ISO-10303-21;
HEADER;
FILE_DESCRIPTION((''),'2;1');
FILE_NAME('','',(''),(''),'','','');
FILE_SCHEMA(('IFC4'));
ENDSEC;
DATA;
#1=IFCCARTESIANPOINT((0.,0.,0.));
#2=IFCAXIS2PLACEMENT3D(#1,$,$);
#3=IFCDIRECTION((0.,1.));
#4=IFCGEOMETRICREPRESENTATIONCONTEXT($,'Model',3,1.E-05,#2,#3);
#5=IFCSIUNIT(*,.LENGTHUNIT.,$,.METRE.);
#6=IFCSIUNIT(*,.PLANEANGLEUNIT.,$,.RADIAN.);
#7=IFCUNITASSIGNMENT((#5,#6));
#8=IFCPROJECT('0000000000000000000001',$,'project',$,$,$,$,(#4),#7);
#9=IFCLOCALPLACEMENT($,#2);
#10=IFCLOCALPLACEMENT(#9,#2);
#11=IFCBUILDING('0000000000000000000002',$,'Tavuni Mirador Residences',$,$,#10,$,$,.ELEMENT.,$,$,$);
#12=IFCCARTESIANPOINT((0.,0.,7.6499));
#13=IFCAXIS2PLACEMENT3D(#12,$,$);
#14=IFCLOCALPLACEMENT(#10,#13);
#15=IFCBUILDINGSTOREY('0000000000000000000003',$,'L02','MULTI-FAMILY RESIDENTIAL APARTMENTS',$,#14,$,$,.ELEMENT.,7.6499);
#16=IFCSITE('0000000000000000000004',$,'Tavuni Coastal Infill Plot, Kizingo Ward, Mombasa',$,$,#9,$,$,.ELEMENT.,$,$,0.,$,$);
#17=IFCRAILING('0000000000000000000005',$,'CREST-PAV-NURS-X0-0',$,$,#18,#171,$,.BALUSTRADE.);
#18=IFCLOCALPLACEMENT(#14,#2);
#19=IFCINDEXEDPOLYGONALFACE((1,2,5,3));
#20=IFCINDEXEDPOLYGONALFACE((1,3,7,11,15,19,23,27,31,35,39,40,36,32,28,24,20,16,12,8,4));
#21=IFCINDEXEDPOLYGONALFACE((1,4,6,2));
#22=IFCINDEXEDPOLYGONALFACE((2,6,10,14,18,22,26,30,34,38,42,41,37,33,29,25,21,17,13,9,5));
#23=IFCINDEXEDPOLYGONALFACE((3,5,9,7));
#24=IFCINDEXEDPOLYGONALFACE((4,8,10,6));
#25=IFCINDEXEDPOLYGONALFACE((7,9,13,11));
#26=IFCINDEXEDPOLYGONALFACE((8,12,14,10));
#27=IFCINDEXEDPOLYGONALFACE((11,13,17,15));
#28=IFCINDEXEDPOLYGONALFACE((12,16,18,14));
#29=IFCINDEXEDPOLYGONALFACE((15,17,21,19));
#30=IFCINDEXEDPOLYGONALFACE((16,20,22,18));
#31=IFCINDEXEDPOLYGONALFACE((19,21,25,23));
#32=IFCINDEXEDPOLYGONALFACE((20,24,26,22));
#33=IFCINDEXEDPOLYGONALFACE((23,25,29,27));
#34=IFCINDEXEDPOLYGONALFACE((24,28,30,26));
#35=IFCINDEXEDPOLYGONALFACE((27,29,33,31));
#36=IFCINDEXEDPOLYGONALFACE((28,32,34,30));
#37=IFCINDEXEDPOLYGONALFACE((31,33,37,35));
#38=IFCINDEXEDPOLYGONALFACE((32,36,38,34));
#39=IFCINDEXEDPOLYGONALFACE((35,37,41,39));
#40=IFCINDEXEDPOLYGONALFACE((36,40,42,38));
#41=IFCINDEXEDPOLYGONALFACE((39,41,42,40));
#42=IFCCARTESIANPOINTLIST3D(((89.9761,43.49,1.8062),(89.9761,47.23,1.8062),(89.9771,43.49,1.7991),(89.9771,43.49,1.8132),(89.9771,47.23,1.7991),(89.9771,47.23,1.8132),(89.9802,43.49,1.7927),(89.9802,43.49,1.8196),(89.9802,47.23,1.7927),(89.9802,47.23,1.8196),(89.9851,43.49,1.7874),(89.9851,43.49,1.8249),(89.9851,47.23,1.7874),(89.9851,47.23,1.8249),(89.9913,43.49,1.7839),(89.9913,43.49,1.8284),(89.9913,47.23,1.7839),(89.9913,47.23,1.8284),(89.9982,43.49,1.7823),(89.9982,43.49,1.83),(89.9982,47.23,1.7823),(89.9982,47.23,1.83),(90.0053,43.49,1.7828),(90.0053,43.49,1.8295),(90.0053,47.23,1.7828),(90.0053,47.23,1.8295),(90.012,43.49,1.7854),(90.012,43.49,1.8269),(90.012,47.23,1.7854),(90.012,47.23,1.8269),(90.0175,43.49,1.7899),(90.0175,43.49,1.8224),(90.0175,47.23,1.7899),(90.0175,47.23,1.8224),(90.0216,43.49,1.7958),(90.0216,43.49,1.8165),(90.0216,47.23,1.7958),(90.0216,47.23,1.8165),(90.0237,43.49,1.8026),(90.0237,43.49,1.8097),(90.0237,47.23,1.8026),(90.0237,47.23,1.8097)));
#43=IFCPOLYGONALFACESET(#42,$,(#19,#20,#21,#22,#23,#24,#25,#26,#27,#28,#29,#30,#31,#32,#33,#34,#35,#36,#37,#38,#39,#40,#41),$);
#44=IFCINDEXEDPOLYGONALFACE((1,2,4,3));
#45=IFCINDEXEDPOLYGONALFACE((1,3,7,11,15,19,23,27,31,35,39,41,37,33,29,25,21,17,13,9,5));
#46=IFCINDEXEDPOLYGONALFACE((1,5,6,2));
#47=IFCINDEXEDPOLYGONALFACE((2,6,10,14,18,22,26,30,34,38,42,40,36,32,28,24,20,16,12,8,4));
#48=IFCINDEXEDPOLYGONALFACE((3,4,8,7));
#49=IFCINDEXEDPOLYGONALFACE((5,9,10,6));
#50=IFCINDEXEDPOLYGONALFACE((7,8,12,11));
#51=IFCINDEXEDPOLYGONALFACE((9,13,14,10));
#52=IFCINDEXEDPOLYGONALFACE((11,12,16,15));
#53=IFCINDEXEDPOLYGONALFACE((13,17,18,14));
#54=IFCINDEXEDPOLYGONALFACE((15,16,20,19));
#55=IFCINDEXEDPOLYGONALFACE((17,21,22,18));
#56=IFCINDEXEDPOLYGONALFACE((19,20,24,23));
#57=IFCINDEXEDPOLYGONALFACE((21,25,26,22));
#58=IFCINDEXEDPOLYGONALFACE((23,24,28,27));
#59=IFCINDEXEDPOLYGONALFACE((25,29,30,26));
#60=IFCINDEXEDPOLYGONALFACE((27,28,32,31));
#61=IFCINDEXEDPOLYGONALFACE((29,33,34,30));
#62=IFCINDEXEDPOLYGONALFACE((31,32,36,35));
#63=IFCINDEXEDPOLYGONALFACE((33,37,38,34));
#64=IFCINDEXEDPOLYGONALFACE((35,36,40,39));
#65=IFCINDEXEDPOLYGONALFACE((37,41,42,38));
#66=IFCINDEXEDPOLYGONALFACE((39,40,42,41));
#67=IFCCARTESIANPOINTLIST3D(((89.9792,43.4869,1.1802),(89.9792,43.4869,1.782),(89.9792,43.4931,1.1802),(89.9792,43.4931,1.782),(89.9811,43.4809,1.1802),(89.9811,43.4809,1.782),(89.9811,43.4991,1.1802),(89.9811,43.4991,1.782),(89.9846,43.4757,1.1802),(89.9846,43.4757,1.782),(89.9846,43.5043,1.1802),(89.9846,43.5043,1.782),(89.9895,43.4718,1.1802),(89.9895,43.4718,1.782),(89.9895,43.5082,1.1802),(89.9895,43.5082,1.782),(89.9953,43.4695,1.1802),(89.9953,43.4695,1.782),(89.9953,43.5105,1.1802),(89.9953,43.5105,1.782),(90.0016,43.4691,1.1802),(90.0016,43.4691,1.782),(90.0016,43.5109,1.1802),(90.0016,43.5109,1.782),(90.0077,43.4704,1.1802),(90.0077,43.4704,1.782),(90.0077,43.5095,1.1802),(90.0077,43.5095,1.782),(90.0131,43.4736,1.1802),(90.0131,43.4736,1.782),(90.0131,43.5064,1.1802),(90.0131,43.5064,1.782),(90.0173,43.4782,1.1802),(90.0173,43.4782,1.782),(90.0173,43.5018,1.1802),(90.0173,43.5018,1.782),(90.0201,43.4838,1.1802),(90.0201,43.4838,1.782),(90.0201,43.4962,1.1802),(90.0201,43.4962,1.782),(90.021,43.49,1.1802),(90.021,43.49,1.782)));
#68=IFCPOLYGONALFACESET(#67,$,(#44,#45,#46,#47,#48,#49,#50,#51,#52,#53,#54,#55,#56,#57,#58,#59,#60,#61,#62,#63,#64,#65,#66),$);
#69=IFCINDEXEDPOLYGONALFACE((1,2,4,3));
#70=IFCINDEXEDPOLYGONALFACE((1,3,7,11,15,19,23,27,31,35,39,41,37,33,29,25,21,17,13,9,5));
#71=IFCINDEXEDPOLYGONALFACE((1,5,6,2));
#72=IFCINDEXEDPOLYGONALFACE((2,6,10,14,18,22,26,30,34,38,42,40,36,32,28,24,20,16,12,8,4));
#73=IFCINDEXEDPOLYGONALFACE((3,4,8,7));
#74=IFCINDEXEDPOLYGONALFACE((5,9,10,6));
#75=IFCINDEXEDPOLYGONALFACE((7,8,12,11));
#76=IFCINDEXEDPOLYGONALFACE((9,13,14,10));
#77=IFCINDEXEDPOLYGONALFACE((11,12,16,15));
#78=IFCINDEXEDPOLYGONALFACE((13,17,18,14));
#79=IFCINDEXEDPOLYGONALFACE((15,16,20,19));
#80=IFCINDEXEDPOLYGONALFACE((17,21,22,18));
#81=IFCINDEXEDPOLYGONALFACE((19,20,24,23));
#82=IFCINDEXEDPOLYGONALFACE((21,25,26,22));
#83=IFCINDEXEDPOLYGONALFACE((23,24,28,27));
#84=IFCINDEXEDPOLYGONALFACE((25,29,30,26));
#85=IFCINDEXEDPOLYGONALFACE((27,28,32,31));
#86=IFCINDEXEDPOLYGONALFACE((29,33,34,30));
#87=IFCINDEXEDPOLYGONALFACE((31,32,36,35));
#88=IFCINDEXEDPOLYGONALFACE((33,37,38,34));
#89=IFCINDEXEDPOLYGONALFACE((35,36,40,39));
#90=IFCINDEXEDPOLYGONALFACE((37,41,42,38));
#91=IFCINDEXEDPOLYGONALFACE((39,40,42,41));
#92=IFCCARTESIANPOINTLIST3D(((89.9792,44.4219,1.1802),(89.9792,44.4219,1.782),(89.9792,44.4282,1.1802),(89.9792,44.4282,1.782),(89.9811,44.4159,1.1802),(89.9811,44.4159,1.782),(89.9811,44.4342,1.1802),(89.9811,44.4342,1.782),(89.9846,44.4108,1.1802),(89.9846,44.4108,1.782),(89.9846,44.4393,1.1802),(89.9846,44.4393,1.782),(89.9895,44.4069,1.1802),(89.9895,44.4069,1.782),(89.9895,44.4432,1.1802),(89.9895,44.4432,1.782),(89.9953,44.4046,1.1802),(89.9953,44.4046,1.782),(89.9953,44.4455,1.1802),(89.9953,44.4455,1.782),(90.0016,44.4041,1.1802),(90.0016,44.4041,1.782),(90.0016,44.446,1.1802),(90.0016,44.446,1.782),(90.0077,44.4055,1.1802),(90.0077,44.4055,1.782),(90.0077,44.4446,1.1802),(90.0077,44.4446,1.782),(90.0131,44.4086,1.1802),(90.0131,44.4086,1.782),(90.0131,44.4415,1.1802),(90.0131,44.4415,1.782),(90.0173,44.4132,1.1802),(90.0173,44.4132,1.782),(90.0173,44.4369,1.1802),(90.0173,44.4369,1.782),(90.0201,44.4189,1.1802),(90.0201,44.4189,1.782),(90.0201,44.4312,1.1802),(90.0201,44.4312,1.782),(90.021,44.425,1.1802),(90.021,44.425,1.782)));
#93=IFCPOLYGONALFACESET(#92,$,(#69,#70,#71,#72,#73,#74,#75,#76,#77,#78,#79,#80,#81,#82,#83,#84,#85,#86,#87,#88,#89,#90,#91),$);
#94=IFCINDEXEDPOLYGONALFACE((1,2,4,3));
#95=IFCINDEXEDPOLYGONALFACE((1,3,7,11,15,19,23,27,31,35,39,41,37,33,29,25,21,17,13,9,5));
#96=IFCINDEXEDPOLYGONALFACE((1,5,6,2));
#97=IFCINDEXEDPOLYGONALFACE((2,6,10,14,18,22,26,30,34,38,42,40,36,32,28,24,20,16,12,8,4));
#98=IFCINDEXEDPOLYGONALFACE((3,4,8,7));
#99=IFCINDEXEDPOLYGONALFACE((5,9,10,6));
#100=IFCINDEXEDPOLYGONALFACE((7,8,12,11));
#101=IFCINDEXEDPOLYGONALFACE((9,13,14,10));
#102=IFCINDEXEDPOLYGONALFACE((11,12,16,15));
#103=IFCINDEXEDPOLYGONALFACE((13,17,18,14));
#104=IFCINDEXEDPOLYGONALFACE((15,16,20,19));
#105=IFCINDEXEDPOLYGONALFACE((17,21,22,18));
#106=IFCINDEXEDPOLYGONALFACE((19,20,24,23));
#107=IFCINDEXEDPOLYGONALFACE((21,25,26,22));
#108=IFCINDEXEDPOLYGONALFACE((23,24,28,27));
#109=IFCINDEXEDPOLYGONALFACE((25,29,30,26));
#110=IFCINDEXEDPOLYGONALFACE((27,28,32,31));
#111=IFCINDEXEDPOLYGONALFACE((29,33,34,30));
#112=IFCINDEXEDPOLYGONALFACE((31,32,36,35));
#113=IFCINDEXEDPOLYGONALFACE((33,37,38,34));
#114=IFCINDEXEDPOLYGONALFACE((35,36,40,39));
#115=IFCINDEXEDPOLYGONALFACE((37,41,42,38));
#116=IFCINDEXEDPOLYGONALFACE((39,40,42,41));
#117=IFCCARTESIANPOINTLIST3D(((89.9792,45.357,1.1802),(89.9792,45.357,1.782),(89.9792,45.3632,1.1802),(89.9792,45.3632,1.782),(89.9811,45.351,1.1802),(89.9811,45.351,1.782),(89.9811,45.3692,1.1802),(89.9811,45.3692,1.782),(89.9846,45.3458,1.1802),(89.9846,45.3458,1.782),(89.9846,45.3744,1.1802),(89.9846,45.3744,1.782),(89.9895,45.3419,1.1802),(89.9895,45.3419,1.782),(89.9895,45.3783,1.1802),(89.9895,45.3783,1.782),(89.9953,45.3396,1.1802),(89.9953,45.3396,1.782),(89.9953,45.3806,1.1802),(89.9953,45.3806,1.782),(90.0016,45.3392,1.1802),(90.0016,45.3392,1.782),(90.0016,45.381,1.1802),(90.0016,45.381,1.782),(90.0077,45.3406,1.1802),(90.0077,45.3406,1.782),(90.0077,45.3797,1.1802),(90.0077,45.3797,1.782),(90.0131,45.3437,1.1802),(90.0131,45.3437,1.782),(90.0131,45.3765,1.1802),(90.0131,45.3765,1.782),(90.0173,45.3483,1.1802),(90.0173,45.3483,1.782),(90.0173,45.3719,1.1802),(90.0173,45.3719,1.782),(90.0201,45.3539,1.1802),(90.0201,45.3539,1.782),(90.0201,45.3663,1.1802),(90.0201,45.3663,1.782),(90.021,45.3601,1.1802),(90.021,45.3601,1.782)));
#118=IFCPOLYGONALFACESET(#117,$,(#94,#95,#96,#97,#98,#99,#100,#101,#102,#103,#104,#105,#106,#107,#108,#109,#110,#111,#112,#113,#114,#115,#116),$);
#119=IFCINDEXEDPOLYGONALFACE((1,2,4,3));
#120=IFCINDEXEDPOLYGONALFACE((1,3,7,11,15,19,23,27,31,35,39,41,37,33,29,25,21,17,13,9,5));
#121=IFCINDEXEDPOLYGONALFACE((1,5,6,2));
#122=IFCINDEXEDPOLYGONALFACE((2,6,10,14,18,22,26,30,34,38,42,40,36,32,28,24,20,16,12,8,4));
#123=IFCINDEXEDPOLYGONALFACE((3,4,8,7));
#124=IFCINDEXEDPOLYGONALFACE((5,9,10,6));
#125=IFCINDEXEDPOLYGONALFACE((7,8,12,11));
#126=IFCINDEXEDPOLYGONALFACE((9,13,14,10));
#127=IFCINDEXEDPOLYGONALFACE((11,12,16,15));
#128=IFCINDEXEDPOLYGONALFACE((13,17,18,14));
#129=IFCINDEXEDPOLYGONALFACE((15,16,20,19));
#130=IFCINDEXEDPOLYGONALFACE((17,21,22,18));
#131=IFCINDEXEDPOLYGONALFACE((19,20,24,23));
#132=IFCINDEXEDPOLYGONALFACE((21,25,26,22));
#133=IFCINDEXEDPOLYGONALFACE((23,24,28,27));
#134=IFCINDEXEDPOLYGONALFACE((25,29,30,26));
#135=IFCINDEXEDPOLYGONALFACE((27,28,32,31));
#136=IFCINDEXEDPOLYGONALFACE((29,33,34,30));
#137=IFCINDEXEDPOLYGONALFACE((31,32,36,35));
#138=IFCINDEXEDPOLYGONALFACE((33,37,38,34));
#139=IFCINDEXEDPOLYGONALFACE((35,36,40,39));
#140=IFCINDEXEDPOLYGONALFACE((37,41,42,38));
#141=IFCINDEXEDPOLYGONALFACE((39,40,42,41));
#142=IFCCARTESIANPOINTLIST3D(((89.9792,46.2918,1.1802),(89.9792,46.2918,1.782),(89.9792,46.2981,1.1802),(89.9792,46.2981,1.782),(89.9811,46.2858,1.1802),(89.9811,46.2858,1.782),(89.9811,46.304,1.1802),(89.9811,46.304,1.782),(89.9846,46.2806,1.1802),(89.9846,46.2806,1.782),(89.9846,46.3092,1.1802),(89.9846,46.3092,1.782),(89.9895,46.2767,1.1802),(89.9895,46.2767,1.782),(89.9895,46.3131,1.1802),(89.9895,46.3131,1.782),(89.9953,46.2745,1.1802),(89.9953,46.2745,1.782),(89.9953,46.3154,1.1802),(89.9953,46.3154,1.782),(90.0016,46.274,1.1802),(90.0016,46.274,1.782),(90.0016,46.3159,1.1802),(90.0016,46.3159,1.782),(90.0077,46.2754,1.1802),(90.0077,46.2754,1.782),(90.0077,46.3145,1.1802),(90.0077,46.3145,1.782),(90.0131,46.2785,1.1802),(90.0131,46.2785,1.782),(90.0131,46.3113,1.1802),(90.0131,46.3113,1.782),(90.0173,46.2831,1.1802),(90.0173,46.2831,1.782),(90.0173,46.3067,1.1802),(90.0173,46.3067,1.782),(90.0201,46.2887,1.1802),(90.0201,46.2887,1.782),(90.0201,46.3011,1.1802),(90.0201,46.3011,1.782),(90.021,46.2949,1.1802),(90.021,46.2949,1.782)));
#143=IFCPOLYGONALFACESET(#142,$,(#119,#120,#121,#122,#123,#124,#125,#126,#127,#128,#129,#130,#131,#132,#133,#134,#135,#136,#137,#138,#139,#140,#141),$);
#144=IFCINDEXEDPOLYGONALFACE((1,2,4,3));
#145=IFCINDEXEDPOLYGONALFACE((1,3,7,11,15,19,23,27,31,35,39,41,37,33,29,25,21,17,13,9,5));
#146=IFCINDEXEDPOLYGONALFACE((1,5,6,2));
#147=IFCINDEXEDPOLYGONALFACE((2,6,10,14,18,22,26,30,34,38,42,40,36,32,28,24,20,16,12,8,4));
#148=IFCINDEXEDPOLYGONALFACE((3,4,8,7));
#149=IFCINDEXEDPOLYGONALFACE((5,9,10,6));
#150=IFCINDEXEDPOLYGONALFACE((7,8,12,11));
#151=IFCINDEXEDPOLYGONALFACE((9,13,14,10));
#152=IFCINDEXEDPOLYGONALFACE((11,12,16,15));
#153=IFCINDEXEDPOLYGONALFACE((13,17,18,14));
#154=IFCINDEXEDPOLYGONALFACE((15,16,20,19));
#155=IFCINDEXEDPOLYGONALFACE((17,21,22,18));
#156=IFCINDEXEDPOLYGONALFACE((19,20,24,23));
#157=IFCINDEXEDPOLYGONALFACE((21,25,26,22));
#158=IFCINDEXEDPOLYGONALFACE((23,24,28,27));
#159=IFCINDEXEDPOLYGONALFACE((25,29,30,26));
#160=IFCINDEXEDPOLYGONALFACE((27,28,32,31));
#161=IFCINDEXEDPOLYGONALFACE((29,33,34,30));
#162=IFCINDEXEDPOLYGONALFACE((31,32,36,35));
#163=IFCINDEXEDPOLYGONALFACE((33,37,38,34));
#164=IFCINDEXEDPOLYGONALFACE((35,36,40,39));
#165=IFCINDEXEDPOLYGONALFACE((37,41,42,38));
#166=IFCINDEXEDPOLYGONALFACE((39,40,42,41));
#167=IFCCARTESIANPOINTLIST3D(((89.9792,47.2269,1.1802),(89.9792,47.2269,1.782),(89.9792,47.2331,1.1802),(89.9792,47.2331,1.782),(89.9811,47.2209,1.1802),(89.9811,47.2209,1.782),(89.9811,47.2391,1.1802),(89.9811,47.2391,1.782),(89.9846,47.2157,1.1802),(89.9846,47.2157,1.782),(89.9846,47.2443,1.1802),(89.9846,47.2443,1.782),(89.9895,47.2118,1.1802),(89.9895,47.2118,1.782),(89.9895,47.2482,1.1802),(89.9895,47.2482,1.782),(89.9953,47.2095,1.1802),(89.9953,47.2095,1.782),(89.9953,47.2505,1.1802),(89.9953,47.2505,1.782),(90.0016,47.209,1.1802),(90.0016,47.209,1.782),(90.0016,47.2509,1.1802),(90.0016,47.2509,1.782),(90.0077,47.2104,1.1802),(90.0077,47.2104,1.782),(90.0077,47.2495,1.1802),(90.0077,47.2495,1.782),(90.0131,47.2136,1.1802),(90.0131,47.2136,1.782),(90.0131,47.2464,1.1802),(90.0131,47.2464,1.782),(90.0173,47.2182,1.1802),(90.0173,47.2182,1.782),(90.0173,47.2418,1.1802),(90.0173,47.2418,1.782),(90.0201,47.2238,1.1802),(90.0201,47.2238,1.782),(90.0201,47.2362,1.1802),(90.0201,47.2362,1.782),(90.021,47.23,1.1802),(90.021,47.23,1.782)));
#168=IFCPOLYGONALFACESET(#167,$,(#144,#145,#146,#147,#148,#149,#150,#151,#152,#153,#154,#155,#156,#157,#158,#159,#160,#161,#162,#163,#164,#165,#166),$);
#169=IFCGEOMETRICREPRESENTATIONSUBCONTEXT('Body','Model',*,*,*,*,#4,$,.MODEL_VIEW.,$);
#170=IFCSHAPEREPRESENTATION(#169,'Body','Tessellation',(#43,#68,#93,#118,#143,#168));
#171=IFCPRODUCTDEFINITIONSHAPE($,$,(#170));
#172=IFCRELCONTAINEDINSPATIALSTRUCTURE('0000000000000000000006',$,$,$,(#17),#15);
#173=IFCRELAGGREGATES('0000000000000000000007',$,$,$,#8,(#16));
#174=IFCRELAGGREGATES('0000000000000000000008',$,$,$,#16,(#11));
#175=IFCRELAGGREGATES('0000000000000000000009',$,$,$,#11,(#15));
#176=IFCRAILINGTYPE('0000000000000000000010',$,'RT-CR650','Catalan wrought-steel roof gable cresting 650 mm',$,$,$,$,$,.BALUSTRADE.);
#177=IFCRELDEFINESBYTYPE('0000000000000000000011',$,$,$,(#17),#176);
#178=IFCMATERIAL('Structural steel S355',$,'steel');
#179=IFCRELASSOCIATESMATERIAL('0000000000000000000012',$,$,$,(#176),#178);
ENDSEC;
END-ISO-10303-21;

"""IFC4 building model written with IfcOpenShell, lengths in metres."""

from ifc_helpers import new_model, si_unit, direction, frame, origin, origin_2d, place, context, subcontext, project, spatial, circle, extrude, material, type_object, element, save


model = new_model("IFC4")

# Units and contexts
model_context = context("Model", 3, precision=1e-05, world=origin(), true_north=direction((0.0, 1.0)))
body_context = subcontext(model_context, "Body", "Model", "MODEL_VIEW")
ifc_project = project(units=[si_unit("LENGTHUNIT", "METRE"), si_unit("PLANEANGLEUNIT", "RADIAN")], contexts=[model_context])

# Site, building, storey
site_placement = place(None, origin())
site = spatial("IfcSite", under=ifc_project, at=site_placement, Name="Tavuni Coastal Infill Plot, Kizingo Ward, Mombasa", CompositionType="ELEMENT", RefElevation=0.0)
building_placement = place(site_placement, origin())
building = spatial("IfcBuilding", under=site, at=building_placement, Name="Tavuni Mirador Residences", CompositionType="ELEMENT")
storey_placement = place(building_placement, frame((0.0, 0.0, 7.6499)))
storey = spatial("IfcBuildingStorey", under=building, at=storey_placement, Name="L02", Description="MULTI-FAMILY RESIDENTIAL APARTMENTS", CompositionType="ELEMENT", Elevation=7.6499)

# Shared definitions
ifc_material_1 = material(Name="Structural steel S355", Category="steel")

# Railing
railing_type = type_object("IfcRailingType", Name="RT-CR650", Description="Catalan wrought-steel roof gable cresting 650 mm", PredefinedType="BALUSTRADE", material=ifc_material_1)
for number, where, name in (
    (1, (90.0, 43.49, 1.1802), "CREST-PAV-NURS-X0-0"),
):
    element("IfcRailing", number, at=place(storey_placement, frame(where)), inside=storey, type_object=railing_type, Name=name, PredefinedType="BALUSTRADE", context=body_context, shape_type="SweptSolid", body=[
        extrude(circle(Radius=0.0239, at=origin_2d()), frame((0.0, 0.0, 0.626), z_axis=(0.0, 1.0, 0.0), x_axis=(-1.0, 0.0, 0.0)), (0.0, 0.0, 1.0), 3.74),
        extrude(circle(Radius=0.021, at=origin_2d()), origin(), (0.0, 0.0, 1.0), 0.6018),
        extrude(circle(Radius=0.021, at=origin_2d()), frame((0.0, 0.9351, 0.0)), (0.0, 0.0, 1.0), 0.6018),
        extrude(circle(Radius=0.021, at=origin_2d()), frame((0.0, 1.8701, 0.0)), (0.0, 0.0, 1.0), 0.6018),
        extrude(circle(Radius=0.021, at=origin_2d()), frame((0.0, 2.8049, 0.0)), (0.0, 0.0, 1.0), 0.6018),
        extrude(circle(Radius=0.021, at=origin_2d()), frame((0.0, 3.74, 0.0)), (0.0, 0.0, 1.0), 0.6018),
    ])

save(model, "model.ifc")
